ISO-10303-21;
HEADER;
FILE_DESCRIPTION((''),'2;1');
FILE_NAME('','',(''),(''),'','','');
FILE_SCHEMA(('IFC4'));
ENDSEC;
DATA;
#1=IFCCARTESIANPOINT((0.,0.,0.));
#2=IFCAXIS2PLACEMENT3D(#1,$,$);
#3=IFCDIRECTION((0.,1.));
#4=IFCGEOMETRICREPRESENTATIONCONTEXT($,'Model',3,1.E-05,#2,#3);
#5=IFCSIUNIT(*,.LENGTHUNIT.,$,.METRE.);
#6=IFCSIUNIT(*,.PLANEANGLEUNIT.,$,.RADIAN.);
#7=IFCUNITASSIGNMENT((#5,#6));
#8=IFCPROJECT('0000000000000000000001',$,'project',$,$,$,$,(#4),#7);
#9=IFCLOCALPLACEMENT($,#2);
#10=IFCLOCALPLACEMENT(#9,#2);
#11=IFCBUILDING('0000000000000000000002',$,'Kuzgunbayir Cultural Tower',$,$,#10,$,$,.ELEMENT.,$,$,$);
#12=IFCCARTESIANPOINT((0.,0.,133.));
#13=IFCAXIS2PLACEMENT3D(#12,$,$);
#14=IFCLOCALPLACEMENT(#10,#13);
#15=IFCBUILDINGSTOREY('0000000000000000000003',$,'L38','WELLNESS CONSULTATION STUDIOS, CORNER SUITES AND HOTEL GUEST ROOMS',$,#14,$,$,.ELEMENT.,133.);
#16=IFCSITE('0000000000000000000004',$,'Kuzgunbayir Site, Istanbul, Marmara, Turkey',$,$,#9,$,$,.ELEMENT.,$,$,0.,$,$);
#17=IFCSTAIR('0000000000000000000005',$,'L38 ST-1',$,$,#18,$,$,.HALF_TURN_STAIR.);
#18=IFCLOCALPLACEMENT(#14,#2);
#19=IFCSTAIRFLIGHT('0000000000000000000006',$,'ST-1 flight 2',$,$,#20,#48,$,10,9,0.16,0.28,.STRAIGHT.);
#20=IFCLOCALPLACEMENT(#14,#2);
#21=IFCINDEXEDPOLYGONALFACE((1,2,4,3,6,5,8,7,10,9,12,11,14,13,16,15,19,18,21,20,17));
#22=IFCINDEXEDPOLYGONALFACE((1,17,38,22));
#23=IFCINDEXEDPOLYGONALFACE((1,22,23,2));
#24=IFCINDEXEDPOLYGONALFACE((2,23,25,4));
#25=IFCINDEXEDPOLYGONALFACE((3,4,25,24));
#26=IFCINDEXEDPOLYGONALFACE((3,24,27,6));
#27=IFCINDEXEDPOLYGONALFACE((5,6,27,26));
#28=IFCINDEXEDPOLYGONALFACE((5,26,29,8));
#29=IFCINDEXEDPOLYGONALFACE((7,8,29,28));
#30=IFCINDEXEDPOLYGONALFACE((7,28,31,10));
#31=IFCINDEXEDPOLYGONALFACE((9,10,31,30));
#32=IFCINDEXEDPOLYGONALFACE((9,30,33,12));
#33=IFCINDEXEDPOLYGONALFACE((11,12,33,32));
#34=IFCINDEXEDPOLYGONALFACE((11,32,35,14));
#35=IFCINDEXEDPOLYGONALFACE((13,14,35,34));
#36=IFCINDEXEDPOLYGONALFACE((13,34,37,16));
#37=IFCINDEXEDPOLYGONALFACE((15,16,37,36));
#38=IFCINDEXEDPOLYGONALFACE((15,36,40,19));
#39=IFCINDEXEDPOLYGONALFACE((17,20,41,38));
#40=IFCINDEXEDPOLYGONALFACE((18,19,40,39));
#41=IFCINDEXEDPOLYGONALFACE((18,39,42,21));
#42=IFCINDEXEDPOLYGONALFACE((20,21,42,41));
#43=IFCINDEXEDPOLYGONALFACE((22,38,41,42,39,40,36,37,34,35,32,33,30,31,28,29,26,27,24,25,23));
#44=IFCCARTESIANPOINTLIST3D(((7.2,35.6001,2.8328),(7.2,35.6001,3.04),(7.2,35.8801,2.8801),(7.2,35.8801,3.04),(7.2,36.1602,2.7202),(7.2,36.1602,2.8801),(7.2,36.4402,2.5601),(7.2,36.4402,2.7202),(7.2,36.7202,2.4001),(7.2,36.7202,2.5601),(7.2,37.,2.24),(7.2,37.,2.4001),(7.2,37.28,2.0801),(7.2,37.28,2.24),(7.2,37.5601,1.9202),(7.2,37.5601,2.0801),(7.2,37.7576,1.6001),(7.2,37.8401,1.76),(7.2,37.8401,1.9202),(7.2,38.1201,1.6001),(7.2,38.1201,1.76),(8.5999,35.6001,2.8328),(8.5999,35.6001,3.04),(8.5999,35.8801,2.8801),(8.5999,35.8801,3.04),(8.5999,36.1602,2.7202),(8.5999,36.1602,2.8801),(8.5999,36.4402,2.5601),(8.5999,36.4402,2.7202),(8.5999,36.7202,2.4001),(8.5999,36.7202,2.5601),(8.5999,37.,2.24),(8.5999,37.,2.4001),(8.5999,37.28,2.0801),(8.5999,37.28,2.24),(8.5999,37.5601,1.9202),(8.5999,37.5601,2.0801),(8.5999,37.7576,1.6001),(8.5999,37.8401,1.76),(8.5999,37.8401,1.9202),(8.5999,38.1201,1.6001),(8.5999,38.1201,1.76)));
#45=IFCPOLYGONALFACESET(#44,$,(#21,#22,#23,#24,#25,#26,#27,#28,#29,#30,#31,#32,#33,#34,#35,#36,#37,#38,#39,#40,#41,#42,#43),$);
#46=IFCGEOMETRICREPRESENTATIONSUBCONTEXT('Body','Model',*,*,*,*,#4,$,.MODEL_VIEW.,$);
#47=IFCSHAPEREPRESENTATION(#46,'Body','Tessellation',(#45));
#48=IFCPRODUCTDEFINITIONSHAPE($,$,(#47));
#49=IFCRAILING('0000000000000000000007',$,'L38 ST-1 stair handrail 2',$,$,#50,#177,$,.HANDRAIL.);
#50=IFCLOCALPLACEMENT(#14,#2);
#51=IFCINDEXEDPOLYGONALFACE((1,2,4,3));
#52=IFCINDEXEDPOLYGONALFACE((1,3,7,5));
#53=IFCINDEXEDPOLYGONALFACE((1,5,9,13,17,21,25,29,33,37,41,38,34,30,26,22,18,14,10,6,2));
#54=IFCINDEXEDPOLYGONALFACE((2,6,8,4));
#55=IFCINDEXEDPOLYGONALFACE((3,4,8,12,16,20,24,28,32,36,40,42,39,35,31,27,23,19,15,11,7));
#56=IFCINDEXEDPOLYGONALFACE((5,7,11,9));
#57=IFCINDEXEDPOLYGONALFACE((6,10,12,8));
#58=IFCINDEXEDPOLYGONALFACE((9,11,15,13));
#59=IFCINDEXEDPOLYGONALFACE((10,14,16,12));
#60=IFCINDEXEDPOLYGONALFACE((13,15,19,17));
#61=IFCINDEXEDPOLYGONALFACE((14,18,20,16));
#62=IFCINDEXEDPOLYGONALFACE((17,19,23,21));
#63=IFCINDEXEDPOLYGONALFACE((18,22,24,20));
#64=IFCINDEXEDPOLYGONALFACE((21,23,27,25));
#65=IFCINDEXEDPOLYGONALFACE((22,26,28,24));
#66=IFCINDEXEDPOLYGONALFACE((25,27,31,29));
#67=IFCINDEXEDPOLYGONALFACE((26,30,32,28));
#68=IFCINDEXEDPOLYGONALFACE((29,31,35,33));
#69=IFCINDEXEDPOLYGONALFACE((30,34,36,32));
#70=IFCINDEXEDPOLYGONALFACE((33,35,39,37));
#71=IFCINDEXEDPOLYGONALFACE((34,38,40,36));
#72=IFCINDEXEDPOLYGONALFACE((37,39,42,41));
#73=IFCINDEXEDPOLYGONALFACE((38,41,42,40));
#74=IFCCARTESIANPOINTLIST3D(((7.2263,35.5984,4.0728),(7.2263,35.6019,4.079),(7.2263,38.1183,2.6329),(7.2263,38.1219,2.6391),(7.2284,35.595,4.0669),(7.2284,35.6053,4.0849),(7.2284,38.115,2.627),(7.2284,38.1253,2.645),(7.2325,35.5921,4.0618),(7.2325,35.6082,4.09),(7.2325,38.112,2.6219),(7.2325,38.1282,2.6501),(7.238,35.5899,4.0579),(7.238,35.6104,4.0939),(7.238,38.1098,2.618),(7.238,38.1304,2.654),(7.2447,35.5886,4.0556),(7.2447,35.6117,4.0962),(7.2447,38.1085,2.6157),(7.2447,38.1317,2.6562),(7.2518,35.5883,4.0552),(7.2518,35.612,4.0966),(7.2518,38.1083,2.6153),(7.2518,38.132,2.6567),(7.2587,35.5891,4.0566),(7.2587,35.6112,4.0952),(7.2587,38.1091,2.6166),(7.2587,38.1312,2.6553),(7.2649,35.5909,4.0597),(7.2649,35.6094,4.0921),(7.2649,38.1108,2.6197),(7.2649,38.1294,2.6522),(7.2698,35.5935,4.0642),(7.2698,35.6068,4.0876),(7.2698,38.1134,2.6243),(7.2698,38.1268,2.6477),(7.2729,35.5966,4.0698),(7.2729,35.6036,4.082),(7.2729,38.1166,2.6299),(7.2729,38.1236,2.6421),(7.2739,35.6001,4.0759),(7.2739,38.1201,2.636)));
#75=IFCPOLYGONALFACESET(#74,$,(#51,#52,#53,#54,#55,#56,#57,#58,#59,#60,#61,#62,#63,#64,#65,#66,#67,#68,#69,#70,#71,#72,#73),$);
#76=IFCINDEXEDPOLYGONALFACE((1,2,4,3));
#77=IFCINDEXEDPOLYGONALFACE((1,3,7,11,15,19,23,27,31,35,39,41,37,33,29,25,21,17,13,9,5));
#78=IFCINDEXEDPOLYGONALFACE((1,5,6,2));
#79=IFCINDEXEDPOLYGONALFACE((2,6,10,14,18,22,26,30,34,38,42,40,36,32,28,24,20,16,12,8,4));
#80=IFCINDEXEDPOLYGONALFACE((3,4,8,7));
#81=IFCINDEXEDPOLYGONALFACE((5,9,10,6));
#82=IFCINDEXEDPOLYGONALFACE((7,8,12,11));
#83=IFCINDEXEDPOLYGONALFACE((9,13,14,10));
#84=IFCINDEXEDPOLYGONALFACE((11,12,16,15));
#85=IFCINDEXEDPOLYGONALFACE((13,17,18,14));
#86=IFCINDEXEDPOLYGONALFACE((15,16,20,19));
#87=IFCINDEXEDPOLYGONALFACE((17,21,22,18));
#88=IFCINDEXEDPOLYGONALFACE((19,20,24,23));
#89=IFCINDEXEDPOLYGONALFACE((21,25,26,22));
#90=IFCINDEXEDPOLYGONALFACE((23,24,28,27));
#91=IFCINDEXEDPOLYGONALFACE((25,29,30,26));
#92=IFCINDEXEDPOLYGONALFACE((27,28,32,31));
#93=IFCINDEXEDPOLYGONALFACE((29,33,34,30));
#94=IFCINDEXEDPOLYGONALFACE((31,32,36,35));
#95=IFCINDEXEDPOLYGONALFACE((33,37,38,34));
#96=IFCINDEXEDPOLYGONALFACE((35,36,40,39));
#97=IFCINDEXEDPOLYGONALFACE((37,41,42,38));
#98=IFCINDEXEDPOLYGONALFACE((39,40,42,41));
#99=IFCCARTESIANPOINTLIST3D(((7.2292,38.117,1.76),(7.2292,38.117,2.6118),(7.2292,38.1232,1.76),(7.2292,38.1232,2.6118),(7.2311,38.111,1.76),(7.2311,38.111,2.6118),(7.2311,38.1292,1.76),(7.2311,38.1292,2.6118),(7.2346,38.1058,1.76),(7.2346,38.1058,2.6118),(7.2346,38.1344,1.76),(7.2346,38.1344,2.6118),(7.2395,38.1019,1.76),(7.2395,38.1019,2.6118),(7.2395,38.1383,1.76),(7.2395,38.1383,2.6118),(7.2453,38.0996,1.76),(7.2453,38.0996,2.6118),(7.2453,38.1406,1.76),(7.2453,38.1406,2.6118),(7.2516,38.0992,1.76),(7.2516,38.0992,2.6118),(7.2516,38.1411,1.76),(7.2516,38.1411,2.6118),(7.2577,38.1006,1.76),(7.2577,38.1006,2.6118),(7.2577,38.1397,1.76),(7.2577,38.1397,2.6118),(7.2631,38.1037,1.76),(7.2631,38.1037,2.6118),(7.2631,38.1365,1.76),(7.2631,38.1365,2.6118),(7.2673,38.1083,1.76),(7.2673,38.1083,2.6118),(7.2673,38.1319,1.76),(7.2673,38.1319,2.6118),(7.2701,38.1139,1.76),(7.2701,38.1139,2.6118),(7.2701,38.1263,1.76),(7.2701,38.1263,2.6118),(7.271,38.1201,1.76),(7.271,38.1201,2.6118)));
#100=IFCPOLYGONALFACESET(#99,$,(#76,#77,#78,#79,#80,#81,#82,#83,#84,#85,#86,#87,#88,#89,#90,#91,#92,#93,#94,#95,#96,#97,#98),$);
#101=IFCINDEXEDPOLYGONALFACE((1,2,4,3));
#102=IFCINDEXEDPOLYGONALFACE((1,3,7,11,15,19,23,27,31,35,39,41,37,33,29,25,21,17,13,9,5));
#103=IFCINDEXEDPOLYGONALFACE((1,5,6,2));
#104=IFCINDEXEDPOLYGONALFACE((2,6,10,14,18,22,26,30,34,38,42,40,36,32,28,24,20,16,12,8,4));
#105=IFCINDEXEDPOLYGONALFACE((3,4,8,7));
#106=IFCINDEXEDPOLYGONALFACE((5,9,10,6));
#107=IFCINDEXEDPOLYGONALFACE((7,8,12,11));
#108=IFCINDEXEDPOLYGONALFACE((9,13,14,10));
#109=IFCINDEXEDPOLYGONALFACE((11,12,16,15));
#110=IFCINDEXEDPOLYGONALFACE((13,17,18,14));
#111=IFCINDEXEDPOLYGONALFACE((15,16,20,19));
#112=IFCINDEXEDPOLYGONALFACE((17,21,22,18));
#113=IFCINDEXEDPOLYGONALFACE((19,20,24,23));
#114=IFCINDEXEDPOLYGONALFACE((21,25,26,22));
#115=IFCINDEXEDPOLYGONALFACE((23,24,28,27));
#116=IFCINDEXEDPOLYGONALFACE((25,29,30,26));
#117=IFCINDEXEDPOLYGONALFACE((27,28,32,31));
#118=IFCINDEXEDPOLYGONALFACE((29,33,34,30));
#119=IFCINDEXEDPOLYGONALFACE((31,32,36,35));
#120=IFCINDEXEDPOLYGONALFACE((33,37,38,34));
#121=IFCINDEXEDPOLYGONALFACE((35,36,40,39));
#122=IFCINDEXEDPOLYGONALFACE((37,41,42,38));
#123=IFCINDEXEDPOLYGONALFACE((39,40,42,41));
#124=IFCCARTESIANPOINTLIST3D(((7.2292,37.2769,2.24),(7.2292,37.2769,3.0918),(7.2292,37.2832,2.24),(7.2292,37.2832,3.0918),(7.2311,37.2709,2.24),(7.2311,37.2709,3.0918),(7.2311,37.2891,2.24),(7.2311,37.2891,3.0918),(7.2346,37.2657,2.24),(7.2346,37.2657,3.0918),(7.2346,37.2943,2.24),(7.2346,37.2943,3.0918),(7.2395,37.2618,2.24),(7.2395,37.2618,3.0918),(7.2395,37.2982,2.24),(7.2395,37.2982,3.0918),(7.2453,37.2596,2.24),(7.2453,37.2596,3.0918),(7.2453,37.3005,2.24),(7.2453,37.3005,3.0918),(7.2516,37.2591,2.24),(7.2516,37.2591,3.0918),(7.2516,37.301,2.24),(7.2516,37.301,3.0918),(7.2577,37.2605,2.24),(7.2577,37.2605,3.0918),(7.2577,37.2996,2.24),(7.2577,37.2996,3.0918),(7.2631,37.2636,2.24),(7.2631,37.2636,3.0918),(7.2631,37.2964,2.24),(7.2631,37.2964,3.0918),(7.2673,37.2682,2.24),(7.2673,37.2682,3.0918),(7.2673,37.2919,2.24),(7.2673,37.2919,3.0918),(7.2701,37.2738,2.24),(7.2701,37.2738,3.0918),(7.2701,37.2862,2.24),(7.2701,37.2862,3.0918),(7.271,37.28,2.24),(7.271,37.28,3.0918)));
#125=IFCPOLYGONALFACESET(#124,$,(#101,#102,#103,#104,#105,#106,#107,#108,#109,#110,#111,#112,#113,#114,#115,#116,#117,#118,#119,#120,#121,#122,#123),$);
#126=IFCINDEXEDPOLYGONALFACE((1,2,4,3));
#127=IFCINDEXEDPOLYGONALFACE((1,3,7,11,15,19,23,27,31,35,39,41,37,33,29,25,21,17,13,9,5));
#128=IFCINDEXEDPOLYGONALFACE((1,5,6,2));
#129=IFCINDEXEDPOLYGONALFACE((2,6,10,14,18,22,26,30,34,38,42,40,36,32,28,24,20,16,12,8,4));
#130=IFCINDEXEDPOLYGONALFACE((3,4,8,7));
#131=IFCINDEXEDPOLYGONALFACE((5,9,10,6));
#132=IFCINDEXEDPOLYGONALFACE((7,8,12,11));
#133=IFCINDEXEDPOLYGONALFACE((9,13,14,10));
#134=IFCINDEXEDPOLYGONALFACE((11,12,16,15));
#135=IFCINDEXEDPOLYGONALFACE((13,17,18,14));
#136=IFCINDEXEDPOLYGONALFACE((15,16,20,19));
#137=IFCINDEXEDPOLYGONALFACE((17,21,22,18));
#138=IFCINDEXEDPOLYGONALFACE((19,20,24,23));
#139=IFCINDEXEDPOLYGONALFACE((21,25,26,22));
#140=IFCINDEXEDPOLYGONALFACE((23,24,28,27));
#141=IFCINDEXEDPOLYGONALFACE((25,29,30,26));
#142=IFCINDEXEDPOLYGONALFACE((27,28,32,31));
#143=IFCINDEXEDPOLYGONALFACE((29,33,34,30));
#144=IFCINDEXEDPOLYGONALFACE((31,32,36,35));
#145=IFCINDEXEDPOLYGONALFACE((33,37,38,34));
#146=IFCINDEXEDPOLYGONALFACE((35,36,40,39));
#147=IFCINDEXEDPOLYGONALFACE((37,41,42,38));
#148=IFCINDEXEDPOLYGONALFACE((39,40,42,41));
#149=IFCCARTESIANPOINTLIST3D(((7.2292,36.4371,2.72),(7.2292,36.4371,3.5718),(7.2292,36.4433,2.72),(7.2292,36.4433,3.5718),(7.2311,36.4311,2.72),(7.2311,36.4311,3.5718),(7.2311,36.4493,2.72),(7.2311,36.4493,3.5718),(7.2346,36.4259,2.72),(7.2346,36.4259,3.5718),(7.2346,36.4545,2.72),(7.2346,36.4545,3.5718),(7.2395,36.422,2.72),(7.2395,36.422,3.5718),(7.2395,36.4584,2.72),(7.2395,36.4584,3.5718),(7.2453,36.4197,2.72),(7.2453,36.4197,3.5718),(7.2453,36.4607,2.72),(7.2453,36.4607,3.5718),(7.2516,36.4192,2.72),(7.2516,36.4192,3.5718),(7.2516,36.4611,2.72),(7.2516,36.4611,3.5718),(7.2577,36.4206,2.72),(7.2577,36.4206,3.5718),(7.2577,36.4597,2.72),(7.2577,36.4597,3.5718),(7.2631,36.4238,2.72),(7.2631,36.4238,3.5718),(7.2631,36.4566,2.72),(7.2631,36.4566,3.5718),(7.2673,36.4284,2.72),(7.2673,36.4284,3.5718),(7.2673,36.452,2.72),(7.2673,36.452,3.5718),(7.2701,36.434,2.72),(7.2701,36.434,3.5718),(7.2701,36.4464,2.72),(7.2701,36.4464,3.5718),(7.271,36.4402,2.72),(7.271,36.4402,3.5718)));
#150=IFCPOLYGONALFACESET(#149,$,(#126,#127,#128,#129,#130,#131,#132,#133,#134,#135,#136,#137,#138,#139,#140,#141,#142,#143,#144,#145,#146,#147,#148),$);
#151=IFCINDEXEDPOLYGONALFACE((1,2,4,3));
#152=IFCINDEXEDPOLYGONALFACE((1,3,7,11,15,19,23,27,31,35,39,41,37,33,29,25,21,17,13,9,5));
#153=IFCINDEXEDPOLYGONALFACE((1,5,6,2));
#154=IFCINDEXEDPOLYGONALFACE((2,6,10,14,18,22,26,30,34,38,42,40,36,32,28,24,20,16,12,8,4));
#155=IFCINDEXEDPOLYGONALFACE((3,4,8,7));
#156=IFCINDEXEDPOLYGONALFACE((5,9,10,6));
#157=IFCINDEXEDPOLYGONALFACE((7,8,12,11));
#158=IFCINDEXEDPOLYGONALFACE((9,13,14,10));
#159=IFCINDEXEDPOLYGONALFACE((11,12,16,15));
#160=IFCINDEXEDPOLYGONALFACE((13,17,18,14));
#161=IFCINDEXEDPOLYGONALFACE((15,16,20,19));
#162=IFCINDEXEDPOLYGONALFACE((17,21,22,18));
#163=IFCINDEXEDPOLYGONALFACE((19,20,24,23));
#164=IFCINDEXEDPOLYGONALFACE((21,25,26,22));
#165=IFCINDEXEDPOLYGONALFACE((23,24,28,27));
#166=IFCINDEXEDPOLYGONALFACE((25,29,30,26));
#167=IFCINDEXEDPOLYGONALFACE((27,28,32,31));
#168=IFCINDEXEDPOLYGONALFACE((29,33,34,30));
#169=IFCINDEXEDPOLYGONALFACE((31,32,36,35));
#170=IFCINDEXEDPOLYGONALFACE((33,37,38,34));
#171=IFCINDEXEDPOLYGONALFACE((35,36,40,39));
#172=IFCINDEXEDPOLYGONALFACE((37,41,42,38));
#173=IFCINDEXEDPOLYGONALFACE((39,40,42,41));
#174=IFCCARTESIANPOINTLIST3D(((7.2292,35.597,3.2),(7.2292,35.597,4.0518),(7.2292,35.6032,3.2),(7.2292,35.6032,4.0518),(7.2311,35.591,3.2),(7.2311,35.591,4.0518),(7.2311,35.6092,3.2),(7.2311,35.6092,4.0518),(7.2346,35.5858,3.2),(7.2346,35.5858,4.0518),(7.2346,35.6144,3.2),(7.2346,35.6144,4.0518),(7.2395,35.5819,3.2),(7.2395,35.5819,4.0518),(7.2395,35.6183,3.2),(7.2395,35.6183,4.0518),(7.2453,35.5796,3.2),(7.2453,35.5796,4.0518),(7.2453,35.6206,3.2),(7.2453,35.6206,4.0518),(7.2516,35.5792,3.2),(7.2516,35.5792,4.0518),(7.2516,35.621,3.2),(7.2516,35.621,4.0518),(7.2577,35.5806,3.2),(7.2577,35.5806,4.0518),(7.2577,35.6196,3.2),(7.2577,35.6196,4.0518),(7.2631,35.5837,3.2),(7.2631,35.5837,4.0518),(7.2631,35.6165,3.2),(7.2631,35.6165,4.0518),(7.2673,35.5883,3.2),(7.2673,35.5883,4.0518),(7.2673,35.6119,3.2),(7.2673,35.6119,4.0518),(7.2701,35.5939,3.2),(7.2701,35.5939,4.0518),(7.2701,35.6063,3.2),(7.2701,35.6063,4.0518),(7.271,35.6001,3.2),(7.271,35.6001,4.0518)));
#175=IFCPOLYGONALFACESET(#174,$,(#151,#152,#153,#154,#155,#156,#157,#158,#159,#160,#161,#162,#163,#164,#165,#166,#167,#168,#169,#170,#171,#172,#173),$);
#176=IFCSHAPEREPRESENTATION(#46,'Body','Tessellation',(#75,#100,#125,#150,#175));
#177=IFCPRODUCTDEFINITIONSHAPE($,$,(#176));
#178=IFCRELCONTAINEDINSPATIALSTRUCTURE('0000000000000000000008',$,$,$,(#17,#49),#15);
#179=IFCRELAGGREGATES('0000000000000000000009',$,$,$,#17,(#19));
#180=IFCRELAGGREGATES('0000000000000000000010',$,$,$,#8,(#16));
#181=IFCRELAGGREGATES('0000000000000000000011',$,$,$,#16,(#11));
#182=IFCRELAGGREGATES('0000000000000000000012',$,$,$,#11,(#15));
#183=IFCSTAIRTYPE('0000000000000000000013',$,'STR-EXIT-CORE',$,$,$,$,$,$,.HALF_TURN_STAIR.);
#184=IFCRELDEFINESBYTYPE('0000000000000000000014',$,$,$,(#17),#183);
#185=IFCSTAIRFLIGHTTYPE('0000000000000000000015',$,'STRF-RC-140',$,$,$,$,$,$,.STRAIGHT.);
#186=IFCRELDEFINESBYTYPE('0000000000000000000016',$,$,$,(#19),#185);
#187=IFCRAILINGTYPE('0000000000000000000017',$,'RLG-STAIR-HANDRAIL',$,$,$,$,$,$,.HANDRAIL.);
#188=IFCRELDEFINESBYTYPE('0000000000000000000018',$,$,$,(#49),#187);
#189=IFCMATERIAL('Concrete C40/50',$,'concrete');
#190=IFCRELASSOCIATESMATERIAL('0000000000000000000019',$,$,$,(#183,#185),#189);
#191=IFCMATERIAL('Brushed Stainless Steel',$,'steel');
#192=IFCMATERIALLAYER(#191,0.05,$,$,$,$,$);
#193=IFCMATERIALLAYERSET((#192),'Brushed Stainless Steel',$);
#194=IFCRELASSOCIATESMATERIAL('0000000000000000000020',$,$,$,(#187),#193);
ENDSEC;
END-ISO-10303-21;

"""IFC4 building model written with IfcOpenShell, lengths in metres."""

from ifc_helpers import new_model, si_unit, direction, frame, origin, origin_2d, place, context, subcontext, project, spatial, polyline, circle, outline, extrude, material, layer, layer_set, type_object, element, aggregate, save


model = new_model("IFC4")

# Units and contexts
model_context = context("Model", 3, precision=1e-05, world=origin(), true_north=direction((0.0, 1.0)))
body_context = subcontext(model_context, "Body", "Model", "MODEL_VIEW")
ifc_project = project(units=[si_unit("LENGTHUNIT", "METRE"), si_unit("PLANEANGLEUNIT", "RADIAN")], contexts=[model_context])

# Site, building, storey
site_placement = place(None, origin())
site = spatial("IfcSite", under=ifc_project, at=site_placement, Name="Kuzgunbayir Site, Istanbul, Marmara, Turkey", CompositionType="ELEMENT", RefElevation=0.0)
building_placement = place(site_placement, origin())
building = spatial("IfcBuilding", under=site, at=building_placement, Name="Kuzgunbayir Cultural Tower", CompositionType="ELEMENT")
storey_placement = place(building_placement, frame((0.0, 0.0, 133.0)))
storey = spatial("IfcBuildingStorey", under=building, at=storey_placement, Name="L38", Description="WELLNESS CONSULTATION STUDIOS, CORNER SUITES AND HOTEL GUEST ROOMS", CompositionType="ELEMENT", Elevation=133.0)

# Stair, stair flight
ifc_material_1 = material(Name="Concrete C40/50", Category="concrete")
stair_type = type_object("IfcStairType", Name="STR-EXIT-CORE", PredefinedType="HALF_TURN_STAIR", material=ifc_material_1)
stair_placement = place(storey_placement, origin())
stair = element("IfcStair", 1, at=stair_placement, inside=storey, type_object=stair_type, Name="L38 ST-1", PredefinedType="HALF_TURN_STAIR")
stair_flight_type = type_object("IfcStairFlightType", Name="STRF-RC-140", PredefinedType="STRAIGHT", material=ifc_material_1)
stair_flight_placement = place(storey_placement, frame((7.8999, 38.1201, 1.6001), z_axis=(0.0, 0.0, 1.0), x_axis=(0.0, -1.0, 0.0)))
stair_flight = element("IfcStairFlight", 2, at=stair_flight_placement, type_object=stair_flight_type, Name="ST-1 flight 2", NumberOfRisers=10, NumberOfTreads=9, PredefinedType="STRAIGHT", RiserHeight=0.16, TreadLength=0.28, context=body_context, shape_type="SweptSolid", body=[
    extrude(outline(polyline([(0.0, 0.0), (0.0, 0.1599), (0.28, 0.1599), (0.28, 0.3201), (0.5601, 0.3201), (0.5601, 0.48), (0.8401, 0.48), (0.8401, 0.6399), (1.1201, 0.6399), (1.1201, 0.8), (1.3999, 0.8), (1.3999, 0.96), (1.6799, 0.96), (1.6799, 1.1201), (1.96, 1.1201), (1.96, 1.28), (2.24, 1.28), (2.24, 1.4399), (2.52, 1.4399), (2.52, 1.6001), (2.52, 1.2327), (0.3625, 0.0), (0.0, 0.0)])), frame((0.0, 0.7, 0.0), z_axis=(0.0, -1.0, 0.0), x_axis=(1.0, 0.0, 0.0)), (0.0, 0.0, 1.0), 1.3999),
])
aggregate(stair, [stair_flight])

# Railing
ifc_material_2 = material(Name="Brushed Stainless Steel", Category="steel")
ifc_layer_1 = layer(ifc_material_2, 0.05)
ifc_layer_set_1 = layer_set([ifc_layer_1], Name="Brushed Stainless Steel")
railing_type_1 = type_object("IfcRailingType", Name="RLG-STAIR-HANDRAIL", PredefinedType="HANDRAIL", material=ifc_layer_set_1)
railing_1_placement = place(storey_placement, frame((7.25, 38.1201, 1.76)))
element("IfcRailing", 3, at=railing_1_placement, inside=storey, type_object=railing_type_1, Name="L38 ST-1 stair handrail 2", PredefinedType="HANDRAIL", context=body_context, shape_type="SweptSolid", body=[
    extrude(circle(Radius=0.0239, at=origin_2d()), frame((0.0, 0.0, 0.876), z_axis=(0.0, -0.868253, 0.496121), x_axis=(1.0, 0.0, 0.0)), (0.0, 0.0, 1.0), 2.9023),
    extrude(circle(Radius=0.021, at=origin_2d()), origin(), (0.0, 0.0, 1.0), 0.8518),
    extrude(circle(Radius=0.021, at=origin_2d()), frame((0.0, -0.8401, 0.48)), (0.0, 0.0, 1.0), 0.8518),
    extrude(circle(Radius=0.021, at=origin_2d()), frame((0.0, -1.6799, 0.96)), (0.0, 0.0, 1.0), 0.8518),
    extrude(circle(Radius=0.021, at=origin_2d()), frame((0.0, -2.52, 1.4399)), (0.0, 0.0, 1.0), 0.8518),
])

save(model, "model.ifc")
